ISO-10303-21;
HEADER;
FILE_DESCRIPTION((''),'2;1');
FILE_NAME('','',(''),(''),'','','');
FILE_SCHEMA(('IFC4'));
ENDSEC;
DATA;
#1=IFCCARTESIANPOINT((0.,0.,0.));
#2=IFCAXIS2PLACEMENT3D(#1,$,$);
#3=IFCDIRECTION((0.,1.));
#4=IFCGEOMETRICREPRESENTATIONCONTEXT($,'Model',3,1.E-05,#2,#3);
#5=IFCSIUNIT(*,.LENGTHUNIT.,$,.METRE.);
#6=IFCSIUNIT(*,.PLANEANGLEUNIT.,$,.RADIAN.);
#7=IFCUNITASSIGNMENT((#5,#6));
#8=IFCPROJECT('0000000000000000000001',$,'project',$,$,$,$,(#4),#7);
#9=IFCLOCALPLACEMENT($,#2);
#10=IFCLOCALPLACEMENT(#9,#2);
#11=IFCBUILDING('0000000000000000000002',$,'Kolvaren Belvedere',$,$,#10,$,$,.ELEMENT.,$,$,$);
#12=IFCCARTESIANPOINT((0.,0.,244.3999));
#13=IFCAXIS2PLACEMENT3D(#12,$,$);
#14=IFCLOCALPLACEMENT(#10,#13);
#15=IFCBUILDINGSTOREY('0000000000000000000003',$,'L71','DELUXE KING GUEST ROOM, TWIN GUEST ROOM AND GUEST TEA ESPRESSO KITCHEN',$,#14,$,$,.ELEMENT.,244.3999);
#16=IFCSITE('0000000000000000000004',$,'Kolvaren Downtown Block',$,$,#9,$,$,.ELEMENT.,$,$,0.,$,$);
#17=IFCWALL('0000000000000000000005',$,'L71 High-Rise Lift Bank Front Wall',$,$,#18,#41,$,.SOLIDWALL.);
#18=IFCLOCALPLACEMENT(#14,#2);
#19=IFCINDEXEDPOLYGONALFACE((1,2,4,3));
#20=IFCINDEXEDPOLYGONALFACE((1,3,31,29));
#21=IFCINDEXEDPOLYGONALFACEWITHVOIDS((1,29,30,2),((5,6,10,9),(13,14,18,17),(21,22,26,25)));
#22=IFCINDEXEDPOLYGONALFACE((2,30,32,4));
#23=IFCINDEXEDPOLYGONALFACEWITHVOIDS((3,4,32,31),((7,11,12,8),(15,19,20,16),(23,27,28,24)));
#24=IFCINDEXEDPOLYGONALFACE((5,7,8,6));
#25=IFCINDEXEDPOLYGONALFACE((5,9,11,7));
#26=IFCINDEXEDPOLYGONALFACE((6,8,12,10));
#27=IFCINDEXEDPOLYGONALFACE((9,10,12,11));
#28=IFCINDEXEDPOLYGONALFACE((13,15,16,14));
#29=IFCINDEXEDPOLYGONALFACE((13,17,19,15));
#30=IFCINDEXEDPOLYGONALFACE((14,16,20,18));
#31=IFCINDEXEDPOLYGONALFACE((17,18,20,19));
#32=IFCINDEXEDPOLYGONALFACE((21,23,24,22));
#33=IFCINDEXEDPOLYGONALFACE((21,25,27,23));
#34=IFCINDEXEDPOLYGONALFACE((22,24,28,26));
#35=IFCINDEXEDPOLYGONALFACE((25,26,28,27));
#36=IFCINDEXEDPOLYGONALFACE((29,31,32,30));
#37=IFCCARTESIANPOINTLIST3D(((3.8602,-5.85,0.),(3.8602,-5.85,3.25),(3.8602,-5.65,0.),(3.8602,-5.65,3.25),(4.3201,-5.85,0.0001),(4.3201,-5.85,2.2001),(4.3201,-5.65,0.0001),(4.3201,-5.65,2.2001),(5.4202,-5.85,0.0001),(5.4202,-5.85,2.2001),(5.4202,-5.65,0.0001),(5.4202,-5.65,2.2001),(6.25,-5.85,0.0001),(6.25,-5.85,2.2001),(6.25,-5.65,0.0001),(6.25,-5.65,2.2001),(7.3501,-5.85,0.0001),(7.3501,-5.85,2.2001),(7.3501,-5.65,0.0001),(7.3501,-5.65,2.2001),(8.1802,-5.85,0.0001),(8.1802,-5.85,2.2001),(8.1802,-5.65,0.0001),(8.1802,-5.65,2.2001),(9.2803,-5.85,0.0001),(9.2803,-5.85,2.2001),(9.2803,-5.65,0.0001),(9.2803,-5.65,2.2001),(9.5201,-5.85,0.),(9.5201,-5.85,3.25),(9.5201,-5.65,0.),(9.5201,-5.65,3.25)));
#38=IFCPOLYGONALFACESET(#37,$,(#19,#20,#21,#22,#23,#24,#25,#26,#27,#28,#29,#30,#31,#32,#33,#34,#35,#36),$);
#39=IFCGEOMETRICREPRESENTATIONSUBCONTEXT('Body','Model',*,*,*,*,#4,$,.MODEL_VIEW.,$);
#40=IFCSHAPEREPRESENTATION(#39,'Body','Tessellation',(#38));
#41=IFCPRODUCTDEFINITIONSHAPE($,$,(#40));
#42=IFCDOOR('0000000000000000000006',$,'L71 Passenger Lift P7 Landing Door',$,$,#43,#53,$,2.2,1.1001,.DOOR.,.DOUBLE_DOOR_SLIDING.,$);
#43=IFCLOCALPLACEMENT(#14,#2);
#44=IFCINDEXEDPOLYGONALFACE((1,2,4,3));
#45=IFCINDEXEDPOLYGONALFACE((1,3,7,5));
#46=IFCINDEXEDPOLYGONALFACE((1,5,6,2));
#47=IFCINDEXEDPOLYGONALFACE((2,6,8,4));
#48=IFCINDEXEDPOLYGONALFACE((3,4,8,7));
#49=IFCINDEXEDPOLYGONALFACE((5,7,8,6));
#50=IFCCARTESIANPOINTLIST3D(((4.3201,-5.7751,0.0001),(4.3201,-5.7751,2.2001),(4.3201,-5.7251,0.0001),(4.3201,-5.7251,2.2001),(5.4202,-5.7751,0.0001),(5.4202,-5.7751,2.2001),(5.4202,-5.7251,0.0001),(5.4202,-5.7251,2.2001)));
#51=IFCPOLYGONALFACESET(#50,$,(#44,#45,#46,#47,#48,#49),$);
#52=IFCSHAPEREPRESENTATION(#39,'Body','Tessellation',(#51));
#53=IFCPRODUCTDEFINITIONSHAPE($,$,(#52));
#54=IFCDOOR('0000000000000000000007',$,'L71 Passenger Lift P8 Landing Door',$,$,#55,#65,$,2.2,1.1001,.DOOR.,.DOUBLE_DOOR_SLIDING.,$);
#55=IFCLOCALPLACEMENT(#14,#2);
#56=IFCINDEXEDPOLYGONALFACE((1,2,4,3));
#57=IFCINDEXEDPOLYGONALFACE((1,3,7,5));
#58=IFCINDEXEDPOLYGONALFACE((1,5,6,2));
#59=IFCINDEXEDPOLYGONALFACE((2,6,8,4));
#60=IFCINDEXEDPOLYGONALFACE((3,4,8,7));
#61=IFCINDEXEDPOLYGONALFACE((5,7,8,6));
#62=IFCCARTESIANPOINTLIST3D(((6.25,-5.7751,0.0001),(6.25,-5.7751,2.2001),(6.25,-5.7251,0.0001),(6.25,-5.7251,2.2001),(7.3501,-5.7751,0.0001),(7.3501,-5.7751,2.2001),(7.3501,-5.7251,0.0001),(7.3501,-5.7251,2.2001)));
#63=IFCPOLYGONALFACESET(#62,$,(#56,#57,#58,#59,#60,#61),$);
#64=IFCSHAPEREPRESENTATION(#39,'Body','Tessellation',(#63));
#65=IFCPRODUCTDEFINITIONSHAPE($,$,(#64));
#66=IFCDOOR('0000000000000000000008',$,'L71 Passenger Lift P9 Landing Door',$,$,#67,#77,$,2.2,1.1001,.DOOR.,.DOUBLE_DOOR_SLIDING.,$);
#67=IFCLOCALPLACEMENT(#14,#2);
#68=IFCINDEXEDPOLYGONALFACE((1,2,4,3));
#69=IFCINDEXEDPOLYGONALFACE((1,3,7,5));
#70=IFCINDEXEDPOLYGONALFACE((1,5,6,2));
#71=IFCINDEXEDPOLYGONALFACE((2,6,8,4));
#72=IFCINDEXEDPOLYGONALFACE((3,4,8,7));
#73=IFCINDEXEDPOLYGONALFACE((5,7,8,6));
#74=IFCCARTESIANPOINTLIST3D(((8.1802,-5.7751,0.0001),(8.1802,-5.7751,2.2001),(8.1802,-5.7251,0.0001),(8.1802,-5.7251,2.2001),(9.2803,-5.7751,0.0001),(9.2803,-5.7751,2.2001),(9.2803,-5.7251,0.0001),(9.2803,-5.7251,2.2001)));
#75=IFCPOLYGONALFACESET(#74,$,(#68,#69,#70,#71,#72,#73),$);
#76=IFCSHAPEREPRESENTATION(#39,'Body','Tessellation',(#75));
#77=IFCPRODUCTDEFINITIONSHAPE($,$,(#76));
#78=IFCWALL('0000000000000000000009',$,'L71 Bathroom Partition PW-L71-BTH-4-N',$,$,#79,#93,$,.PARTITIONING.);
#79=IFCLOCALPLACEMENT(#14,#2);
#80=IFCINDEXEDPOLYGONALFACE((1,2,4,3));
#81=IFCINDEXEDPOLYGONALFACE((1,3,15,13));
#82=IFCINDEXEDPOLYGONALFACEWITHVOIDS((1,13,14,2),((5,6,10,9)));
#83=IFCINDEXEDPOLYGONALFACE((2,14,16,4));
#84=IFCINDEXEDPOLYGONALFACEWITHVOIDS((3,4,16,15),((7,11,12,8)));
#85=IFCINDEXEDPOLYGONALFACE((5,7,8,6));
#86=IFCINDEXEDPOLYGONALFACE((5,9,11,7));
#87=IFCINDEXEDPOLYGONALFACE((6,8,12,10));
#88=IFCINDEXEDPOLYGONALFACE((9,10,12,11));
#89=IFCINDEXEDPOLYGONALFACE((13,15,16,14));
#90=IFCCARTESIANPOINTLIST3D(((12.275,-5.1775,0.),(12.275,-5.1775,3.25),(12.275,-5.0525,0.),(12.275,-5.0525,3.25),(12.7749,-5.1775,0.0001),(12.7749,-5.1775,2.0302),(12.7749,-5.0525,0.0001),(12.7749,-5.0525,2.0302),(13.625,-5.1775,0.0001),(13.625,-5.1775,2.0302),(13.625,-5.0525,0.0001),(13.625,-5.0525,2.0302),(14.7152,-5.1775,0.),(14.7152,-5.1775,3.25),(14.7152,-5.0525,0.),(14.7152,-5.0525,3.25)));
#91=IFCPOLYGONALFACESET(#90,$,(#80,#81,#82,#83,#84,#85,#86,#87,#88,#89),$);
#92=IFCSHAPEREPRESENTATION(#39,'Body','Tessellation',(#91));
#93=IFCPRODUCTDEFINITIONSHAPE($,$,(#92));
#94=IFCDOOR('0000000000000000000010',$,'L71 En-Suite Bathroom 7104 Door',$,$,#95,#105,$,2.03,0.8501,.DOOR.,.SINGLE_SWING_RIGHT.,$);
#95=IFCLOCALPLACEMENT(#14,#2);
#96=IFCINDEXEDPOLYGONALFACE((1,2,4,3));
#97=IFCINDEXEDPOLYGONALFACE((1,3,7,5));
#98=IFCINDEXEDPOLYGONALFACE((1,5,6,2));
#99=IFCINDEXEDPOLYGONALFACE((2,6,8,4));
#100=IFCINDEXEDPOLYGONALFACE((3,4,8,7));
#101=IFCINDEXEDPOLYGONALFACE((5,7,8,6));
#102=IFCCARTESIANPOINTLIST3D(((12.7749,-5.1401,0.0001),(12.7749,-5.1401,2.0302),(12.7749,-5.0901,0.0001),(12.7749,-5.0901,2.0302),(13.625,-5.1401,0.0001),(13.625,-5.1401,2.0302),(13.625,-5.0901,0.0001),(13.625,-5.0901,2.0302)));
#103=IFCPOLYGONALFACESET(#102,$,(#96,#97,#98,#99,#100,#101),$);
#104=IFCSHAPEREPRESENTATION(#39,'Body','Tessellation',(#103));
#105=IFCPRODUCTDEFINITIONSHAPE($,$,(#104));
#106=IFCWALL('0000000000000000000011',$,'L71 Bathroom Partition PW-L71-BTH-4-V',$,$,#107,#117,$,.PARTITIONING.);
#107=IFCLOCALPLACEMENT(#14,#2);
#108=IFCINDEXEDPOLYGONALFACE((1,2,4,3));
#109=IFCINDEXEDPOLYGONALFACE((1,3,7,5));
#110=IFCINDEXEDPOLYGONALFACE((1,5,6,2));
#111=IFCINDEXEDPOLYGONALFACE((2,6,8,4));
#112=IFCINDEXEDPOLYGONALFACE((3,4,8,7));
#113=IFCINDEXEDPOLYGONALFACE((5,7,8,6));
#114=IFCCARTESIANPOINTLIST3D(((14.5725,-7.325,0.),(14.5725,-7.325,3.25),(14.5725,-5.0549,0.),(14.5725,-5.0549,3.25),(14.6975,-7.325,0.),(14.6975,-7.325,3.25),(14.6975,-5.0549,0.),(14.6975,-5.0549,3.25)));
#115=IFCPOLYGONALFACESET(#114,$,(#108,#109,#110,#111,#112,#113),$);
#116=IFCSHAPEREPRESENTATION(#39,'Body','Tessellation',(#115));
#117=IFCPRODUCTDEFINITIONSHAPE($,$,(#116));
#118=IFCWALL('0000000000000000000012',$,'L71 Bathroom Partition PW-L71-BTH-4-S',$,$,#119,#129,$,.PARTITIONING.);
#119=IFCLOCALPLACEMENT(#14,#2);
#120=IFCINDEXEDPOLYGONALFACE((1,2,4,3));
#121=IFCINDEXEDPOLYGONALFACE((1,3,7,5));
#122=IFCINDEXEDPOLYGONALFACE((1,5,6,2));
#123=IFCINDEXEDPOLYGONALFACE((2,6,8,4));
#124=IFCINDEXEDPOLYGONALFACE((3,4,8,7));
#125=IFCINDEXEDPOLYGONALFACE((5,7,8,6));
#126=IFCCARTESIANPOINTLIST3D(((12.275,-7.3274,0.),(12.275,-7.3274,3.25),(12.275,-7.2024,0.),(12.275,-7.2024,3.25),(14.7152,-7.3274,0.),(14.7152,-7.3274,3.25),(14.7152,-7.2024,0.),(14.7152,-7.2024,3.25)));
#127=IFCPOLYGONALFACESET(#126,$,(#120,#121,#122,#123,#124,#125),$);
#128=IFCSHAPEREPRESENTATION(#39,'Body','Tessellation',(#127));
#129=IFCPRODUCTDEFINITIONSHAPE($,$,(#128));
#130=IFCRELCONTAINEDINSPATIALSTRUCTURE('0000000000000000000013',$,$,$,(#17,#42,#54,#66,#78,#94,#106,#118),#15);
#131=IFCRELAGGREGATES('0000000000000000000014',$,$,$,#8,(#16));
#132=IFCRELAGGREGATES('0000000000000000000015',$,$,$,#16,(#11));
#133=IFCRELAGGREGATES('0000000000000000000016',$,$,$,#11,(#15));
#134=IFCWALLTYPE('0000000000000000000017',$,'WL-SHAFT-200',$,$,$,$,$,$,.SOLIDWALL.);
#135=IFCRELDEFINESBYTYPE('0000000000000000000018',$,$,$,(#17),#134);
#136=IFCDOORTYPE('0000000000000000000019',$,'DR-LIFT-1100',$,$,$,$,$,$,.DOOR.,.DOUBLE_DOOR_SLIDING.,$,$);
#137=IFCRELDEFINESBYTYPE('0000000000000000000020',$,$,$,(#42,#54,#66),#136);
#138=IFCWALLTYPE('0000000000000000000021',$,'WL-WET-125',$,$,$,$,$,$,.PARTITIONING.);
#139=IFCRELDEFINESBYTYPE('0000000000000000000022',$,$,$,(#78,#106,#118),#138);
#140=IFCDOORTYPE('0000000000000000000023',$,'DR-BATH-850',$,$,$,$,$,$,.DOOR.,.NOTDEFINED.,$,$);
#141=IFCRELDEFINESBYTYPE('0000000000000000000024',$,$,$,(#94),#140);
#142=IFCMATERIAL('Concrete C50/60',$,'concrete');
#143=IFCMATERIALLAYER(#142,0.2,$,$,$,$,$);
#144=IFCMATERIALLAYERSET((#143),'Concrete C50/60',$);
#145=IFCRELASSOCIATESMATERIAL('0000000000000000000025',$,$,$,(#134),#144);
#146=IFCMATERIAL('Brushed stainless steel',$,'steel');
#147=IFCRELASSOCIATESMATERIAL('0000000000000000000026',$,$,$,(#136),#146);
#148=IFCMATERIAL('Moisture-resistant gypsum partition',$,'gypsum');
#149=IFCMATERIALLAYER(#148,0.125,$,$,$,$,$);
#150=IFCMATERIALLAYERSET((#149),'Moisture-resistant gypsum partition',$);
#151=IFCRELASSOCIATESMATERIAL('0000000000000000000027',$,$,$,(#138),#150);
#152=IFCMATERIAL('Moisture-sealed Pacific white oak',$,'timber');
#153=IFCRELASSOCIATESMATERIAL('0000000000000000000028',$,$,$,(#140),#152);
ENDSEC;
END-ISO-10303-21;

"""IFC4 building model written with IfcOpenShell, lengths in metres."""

from ifc_helpers import new_model, si_unit, direction, frame, frame_2d, origin, place, context, subcontext, project, spatial, rectangle, extrude, material, layer, layer_set, type_object, element, fill, save


model = new_model("IFC4")

# Units and contexts
model_context = context("Model", 3, precision=1e-05, world=origin(), true_north=direction((0.0, 1.0)))
body_context = subcontext(model_context, "Body", "Model", "MODEL_VIEW")
ifc_project = project(units=[si_unit("LENGTHUNIT", "METRE"), si_unit("PLANEANGLEUNIT", "RADIAN")], contexts=[model_context])

# Site, building, storey
site_placement = place(None, origin())
site = spatial("IfcSite", under=ifc_project, at=site_placement, Name="Kolvaren Downtown Block", CompositionType="ELEMENT", RefElevation=0.0)
building_placement = place(site_placement, origin())
building = spatial("IfcBuilding", under=site, at=building_placement, Name="Kolvaren Belvedere", CompositionType="ELEMENT")
storey_placement = place(building_placement, frame((0.0, 0.0, 244.3999)))
storey = spatial("IfcBuildingStorey", under=building, at=storey_placement, Name="L71", Description="DELUXE KING GUEST ROOM, TWIN GUEST ROOM AND GUEST TEA ESPRESSO KITCHEN", CompositionType="ELEMENT", Elevation=244.3999)

# Shared definitions
ifc_material_1 = material(Name="Concrete C50/60", Category="concrete")
ifc_layer_1 = layer(ifc_material_1, 0.2)
ifc_layer_set_1 = layer_set([ifc_layer_1], Name="Concrete C50/60")
wall_type_1 = type_object("IfcWallType", Name="WL-SHAFT-200", PredefinedType="SOLIDWALL", material=ifc_layer_set_1)
ifc_material_2 = material(Name="Brushed stainless steel", Category="steel")
door_type_1 = type_object("IfcDoorType", Name="DR-LIFT-1100", OperationType="DOUBLE_DOOR_SLIDING", PredefinedType="DOOR", material=ifc_material_2)

# Wall, openings, doors
wall_1_placement = place(storey_placement, frame((3.8601, -5.75, 0.0), z_axis=(0.0, 0.0, 1.0), x_axis=(1.0, 0.0, 0.0)))
wall_1 = element("IfcWall", 1, at=wall_1_placement, inside=storey, type_object=wall_type_1, Name="L71 High-Rise Lift Bank Front Wall", PredefinedType="SOLIDWALL", context=body_context, shape_type="SweptSolid", body=[
    extrude(rectangle(XDim=5.6599, YDim=0.2, at=frame_2d((2.8301, 0.0))), origin(), (0.0, 0.0, 1.0), 3.25),
])
opening_1_placement = place(wall_1_placement, frame((0.46, 0.0, 0.0)))
opening_1 = element("IfcOpeningElement", 2, at=opening_1_placement, cuts=wall_1, PredefinedType="OPENING", context=body_context, shape_type="SweptSolid", body=[
    extrude(rectangle(XDim=1.1001, YDim=2.2, at=frame_2d((0.55, 1.1001))), frame((0.0, 0.1099, 0.0), z_axis=(0.0, -1.0, 0.0), x_axis=(1.0, 0.0, 0.0)), (0.0, 0.0, 1.0), 0.22),
])
opening_2_placement = place(wall_1_placement, frame((2.3899, 0.0, 0.0)))
opening_2 = element("IfcOpeningElement", 3, at=opening_2_placement, cuts=wall_1, PredefinedType="OPENING", context=body_context, shape_type="SweptSolid", body=[
    extrude(rectangle(XDim=1.1001, YDim=2.2, at=frame_2d((0.55, 1.1001))), frame((0.0, 0.1099, 0.0), z_axis=(0.0, -1.0, 0.0), x_axis=(1.0, 0.0, 0.0)), (0.0, 0.0, 1.0), 0.22),
])
opening_3_placement = place(wall_1_placement, frame((4.3201, 0.0, 0.0)))
opening_3 = element("IfcOpeningElement", 4, at=opening_3_placement, cuts=wall_1, PredefinedType="OPENING", context=body_context, shape_type="SweptSolid", body=[
    extrude(rectangle(XDim=1.1001, YDim=2.2, at=frame_2d((0.55, 1.1001))), frame((0.0, 0.1099, 0.0), z_axis=(0.0, -1.0, 0.0), x_axis=(1.0, 0.0, 0.0)), (0.0, 0.0, 1.0), 0.22),
])
door_1_placement = place(opening_1_placement, origin())
door_1 = element("IfcDoor", 5, at=door_1_placement, inside=storey, type_object=door_type_1, Name="L71 Passenger Lift P7 Landing Door", OperationType="DOUBLE_DOOR_SLIDING", OverallHeight=2.2, OverallWidth=1.1001, PredefinedType="DOOR", context=body_context, shape_type="SweptSolid", body=[
    extrude(rectangle(XDim=1.1001, YDim=2.2, at=frame_2d((0.55, 1.1001))), frame((0.0, 0.0249, 0.0), z_axis=(0.0, -1.0, 0.0), x_axis=(1.0, 0.0, 0.0)), (0.0, 0.0, 1.0), 0.05),
])
fill(opening_1, door_1)
door_2_placement = place(opening_2_placement, origin())
door_2 = element("IfcDoor", 6, at=door_2_placement, inside=storey, type_object=door_type_1, Name="L71 Passenger Lift P8 Landing Door", OperationType="DOUBLE_DOOR_SLIDING", OverallHeight=2.2, OverallWidth=1.1001, PredefinedType="DOOR", context=body_context, shape_type="SweptSolid", body=[
    extrude(rectangle(XDim=1.1001, YDim=2.2, at=frame_2d((0.55, 1.1001))), frame((0.0, 0.0249, 0.0), z_axis=(0.0, -1.0, 0.0), x_axis=(1.0, 0.0, 0.0)), (0.0, 0.0, 1.0), 0.05),
])
fill(opening_2, door_2)
door_3_placement = place(opening_3_placement, origin())
door_3 = element("IfcDoor", 7, at=door_3_placement, inside=storey, type_object=door_type_1, Name="L71 Passenger Lift P9 Landing Door", OperationType="DOUBLE_DOOR_SLIDING", OverallHeight=2.2, OverallWidth=1.1001, PredefinedType="DOOR", context=body_context, shape_type="SweptSolid", body=[
    extrude(rectangle(XDim=1.1001, YDim=2.2, at=frame_2d((0.55, 1.1001))), frame((0.0, 0.0249, 0.0), z_axis=(0.0, -1.0, 0.0), x_axis=(1.0, 0.0, 0.0)), (0.0, 0.0, 1.0), 0.05),
])
fill(opening_3, door_3)

# Wall, opening, door
ifc_material_3 = material(Name="Moisture-resistant gypsum partition", Category="gypsum")
ifc_layer_2 = layer(ifc_material_3, 0.125)
ifc_layer_set_2 = layer_set([ifc_layer_2], Name="Moisture-resistant gypsum partition")
wall_type_2 = type_object("IfcWallType", Name="WL-WET-125", PredefinedType="PARTITIONING", material=ifc_layer_set_2)
wall_2_placement = place(storey_placement, frame((12.2749, -5.115, 0.0), z_axis=(0.0, 0.0, 1.0), x_axis=(1.0, 0.0, 0.0)))
wall_2 = element("IfcWall", 8, at=wall_2_placement, inside=storey, type_object=wall_type_2, Name="L71 Bathroom Partition PW-L71-BTH-4-N", PredefinedType="PARTITIONING", context=body_context, shape_type="SweptSolid", body=[
    extrude(rectangle(XDim=2.4402, YDim=0.125, at=frame_2d((1.2202, 0.0))), origin(), (0.0, 0.0, 1.0), 3.25),
])
opening_4_placement = place(wall_2_placement, frame((0.5, 0.0, 0.0)))
opening_4 = element("IfcOpeningElement", 9, at=opening_4_placement, cuts=wall_2, PredefinedType="OPENING", context=body_context, shape_type="SweptSolid", body=[
    extrude(rectangle(XDim=0.8501, YDim=2.03, at=frame_2d((0.425, 1.0151))), frame((0.0, 0.0725, 0.0), z_axis=(0.0, -1.0, 0.0), x_axis=(1.0, 0.0, 0.0)), (0.0, 0.0, 1.0), 0.145),
])
ifc_material_4 = material(Name="Moisture-sealed Pacific white oak", Category="timber")
door_type_2 = type_object("IfcDoorType", Name="DR-BATH-850", OperationType="NOTDEFINED", PredefinedType="DOOR", material=ifc_material_4)
door_4_placement = place(opening_4_placement, origin())
door_4 = element("IfcDoor", 10, at=door_4_placement, inside=storey, type_object=door_type_2, Name="L71 En-Suite Bathroom 7104 Door", OperationType="SINGLE_SWING_RIGHT", OverallHeight=2.03, OverallWidth=0.8501, PredefinedType="DOOR", context=body_context, shape_type="SweptSolid", body=[
    extrude(rectangle(XDim=0.8501, YDim=2.03, at=frame_2d((0.425, 1.0151))), frame((0.0, 0.0249, 0.0), z_axis=(0.0, -1.0, 0.0), x_axis=(1.0, 0.0, 0.0)), (0.0, 0.0, 1.0), 0.05),
])
fill(opening_4, door_4)

# Walls
wall_3_placement = place(storey_placement, frame((14.635, -7.325, 0.0), z_axis=(0.0, 0.0, 1.0), x_axis=(0.0, 1.0, 0.0)))
element("IfcWall", 11, at=wall_3_placement, inside=storey, type_object=wall_type_2, Name="L71 Bathroom Partition PW-L71-BTH-4-V", PredefinedType="PARTITIONING", context=body_context, shape_type="SweptSolid", body=[
    extrude(rectangle(XDim=2.27, YDim=0.125, at=frame_2d((1.135, 0.0))), origin(), (0.0, 0.0, 1.0), 3.25),
])
wall_4_placement = place(storey_placement, frame((12.2749, -7.2649, 0.0), z_axis=(0.0, 0.0, 1.0), x_axis=(1.0, 0.0, 0.0)))
element("IfcWall", 12, at=wall_4_placement, inside=storey, type_object=wall_type_2, Name="L71 Bathroom Partition PW-L71-BTH-4-S", PredefinedType="PARTITIONING", context=body_context, shape_type="SweptSolid", body=[
    extrude(rectangle(XDim=2.4402, YDim=0.125, at=frame_2d((1.2202, 0.0))), origin(), (0.0, 0.0, 1.0), 3.25),
])

save(model, "model.ifc")
